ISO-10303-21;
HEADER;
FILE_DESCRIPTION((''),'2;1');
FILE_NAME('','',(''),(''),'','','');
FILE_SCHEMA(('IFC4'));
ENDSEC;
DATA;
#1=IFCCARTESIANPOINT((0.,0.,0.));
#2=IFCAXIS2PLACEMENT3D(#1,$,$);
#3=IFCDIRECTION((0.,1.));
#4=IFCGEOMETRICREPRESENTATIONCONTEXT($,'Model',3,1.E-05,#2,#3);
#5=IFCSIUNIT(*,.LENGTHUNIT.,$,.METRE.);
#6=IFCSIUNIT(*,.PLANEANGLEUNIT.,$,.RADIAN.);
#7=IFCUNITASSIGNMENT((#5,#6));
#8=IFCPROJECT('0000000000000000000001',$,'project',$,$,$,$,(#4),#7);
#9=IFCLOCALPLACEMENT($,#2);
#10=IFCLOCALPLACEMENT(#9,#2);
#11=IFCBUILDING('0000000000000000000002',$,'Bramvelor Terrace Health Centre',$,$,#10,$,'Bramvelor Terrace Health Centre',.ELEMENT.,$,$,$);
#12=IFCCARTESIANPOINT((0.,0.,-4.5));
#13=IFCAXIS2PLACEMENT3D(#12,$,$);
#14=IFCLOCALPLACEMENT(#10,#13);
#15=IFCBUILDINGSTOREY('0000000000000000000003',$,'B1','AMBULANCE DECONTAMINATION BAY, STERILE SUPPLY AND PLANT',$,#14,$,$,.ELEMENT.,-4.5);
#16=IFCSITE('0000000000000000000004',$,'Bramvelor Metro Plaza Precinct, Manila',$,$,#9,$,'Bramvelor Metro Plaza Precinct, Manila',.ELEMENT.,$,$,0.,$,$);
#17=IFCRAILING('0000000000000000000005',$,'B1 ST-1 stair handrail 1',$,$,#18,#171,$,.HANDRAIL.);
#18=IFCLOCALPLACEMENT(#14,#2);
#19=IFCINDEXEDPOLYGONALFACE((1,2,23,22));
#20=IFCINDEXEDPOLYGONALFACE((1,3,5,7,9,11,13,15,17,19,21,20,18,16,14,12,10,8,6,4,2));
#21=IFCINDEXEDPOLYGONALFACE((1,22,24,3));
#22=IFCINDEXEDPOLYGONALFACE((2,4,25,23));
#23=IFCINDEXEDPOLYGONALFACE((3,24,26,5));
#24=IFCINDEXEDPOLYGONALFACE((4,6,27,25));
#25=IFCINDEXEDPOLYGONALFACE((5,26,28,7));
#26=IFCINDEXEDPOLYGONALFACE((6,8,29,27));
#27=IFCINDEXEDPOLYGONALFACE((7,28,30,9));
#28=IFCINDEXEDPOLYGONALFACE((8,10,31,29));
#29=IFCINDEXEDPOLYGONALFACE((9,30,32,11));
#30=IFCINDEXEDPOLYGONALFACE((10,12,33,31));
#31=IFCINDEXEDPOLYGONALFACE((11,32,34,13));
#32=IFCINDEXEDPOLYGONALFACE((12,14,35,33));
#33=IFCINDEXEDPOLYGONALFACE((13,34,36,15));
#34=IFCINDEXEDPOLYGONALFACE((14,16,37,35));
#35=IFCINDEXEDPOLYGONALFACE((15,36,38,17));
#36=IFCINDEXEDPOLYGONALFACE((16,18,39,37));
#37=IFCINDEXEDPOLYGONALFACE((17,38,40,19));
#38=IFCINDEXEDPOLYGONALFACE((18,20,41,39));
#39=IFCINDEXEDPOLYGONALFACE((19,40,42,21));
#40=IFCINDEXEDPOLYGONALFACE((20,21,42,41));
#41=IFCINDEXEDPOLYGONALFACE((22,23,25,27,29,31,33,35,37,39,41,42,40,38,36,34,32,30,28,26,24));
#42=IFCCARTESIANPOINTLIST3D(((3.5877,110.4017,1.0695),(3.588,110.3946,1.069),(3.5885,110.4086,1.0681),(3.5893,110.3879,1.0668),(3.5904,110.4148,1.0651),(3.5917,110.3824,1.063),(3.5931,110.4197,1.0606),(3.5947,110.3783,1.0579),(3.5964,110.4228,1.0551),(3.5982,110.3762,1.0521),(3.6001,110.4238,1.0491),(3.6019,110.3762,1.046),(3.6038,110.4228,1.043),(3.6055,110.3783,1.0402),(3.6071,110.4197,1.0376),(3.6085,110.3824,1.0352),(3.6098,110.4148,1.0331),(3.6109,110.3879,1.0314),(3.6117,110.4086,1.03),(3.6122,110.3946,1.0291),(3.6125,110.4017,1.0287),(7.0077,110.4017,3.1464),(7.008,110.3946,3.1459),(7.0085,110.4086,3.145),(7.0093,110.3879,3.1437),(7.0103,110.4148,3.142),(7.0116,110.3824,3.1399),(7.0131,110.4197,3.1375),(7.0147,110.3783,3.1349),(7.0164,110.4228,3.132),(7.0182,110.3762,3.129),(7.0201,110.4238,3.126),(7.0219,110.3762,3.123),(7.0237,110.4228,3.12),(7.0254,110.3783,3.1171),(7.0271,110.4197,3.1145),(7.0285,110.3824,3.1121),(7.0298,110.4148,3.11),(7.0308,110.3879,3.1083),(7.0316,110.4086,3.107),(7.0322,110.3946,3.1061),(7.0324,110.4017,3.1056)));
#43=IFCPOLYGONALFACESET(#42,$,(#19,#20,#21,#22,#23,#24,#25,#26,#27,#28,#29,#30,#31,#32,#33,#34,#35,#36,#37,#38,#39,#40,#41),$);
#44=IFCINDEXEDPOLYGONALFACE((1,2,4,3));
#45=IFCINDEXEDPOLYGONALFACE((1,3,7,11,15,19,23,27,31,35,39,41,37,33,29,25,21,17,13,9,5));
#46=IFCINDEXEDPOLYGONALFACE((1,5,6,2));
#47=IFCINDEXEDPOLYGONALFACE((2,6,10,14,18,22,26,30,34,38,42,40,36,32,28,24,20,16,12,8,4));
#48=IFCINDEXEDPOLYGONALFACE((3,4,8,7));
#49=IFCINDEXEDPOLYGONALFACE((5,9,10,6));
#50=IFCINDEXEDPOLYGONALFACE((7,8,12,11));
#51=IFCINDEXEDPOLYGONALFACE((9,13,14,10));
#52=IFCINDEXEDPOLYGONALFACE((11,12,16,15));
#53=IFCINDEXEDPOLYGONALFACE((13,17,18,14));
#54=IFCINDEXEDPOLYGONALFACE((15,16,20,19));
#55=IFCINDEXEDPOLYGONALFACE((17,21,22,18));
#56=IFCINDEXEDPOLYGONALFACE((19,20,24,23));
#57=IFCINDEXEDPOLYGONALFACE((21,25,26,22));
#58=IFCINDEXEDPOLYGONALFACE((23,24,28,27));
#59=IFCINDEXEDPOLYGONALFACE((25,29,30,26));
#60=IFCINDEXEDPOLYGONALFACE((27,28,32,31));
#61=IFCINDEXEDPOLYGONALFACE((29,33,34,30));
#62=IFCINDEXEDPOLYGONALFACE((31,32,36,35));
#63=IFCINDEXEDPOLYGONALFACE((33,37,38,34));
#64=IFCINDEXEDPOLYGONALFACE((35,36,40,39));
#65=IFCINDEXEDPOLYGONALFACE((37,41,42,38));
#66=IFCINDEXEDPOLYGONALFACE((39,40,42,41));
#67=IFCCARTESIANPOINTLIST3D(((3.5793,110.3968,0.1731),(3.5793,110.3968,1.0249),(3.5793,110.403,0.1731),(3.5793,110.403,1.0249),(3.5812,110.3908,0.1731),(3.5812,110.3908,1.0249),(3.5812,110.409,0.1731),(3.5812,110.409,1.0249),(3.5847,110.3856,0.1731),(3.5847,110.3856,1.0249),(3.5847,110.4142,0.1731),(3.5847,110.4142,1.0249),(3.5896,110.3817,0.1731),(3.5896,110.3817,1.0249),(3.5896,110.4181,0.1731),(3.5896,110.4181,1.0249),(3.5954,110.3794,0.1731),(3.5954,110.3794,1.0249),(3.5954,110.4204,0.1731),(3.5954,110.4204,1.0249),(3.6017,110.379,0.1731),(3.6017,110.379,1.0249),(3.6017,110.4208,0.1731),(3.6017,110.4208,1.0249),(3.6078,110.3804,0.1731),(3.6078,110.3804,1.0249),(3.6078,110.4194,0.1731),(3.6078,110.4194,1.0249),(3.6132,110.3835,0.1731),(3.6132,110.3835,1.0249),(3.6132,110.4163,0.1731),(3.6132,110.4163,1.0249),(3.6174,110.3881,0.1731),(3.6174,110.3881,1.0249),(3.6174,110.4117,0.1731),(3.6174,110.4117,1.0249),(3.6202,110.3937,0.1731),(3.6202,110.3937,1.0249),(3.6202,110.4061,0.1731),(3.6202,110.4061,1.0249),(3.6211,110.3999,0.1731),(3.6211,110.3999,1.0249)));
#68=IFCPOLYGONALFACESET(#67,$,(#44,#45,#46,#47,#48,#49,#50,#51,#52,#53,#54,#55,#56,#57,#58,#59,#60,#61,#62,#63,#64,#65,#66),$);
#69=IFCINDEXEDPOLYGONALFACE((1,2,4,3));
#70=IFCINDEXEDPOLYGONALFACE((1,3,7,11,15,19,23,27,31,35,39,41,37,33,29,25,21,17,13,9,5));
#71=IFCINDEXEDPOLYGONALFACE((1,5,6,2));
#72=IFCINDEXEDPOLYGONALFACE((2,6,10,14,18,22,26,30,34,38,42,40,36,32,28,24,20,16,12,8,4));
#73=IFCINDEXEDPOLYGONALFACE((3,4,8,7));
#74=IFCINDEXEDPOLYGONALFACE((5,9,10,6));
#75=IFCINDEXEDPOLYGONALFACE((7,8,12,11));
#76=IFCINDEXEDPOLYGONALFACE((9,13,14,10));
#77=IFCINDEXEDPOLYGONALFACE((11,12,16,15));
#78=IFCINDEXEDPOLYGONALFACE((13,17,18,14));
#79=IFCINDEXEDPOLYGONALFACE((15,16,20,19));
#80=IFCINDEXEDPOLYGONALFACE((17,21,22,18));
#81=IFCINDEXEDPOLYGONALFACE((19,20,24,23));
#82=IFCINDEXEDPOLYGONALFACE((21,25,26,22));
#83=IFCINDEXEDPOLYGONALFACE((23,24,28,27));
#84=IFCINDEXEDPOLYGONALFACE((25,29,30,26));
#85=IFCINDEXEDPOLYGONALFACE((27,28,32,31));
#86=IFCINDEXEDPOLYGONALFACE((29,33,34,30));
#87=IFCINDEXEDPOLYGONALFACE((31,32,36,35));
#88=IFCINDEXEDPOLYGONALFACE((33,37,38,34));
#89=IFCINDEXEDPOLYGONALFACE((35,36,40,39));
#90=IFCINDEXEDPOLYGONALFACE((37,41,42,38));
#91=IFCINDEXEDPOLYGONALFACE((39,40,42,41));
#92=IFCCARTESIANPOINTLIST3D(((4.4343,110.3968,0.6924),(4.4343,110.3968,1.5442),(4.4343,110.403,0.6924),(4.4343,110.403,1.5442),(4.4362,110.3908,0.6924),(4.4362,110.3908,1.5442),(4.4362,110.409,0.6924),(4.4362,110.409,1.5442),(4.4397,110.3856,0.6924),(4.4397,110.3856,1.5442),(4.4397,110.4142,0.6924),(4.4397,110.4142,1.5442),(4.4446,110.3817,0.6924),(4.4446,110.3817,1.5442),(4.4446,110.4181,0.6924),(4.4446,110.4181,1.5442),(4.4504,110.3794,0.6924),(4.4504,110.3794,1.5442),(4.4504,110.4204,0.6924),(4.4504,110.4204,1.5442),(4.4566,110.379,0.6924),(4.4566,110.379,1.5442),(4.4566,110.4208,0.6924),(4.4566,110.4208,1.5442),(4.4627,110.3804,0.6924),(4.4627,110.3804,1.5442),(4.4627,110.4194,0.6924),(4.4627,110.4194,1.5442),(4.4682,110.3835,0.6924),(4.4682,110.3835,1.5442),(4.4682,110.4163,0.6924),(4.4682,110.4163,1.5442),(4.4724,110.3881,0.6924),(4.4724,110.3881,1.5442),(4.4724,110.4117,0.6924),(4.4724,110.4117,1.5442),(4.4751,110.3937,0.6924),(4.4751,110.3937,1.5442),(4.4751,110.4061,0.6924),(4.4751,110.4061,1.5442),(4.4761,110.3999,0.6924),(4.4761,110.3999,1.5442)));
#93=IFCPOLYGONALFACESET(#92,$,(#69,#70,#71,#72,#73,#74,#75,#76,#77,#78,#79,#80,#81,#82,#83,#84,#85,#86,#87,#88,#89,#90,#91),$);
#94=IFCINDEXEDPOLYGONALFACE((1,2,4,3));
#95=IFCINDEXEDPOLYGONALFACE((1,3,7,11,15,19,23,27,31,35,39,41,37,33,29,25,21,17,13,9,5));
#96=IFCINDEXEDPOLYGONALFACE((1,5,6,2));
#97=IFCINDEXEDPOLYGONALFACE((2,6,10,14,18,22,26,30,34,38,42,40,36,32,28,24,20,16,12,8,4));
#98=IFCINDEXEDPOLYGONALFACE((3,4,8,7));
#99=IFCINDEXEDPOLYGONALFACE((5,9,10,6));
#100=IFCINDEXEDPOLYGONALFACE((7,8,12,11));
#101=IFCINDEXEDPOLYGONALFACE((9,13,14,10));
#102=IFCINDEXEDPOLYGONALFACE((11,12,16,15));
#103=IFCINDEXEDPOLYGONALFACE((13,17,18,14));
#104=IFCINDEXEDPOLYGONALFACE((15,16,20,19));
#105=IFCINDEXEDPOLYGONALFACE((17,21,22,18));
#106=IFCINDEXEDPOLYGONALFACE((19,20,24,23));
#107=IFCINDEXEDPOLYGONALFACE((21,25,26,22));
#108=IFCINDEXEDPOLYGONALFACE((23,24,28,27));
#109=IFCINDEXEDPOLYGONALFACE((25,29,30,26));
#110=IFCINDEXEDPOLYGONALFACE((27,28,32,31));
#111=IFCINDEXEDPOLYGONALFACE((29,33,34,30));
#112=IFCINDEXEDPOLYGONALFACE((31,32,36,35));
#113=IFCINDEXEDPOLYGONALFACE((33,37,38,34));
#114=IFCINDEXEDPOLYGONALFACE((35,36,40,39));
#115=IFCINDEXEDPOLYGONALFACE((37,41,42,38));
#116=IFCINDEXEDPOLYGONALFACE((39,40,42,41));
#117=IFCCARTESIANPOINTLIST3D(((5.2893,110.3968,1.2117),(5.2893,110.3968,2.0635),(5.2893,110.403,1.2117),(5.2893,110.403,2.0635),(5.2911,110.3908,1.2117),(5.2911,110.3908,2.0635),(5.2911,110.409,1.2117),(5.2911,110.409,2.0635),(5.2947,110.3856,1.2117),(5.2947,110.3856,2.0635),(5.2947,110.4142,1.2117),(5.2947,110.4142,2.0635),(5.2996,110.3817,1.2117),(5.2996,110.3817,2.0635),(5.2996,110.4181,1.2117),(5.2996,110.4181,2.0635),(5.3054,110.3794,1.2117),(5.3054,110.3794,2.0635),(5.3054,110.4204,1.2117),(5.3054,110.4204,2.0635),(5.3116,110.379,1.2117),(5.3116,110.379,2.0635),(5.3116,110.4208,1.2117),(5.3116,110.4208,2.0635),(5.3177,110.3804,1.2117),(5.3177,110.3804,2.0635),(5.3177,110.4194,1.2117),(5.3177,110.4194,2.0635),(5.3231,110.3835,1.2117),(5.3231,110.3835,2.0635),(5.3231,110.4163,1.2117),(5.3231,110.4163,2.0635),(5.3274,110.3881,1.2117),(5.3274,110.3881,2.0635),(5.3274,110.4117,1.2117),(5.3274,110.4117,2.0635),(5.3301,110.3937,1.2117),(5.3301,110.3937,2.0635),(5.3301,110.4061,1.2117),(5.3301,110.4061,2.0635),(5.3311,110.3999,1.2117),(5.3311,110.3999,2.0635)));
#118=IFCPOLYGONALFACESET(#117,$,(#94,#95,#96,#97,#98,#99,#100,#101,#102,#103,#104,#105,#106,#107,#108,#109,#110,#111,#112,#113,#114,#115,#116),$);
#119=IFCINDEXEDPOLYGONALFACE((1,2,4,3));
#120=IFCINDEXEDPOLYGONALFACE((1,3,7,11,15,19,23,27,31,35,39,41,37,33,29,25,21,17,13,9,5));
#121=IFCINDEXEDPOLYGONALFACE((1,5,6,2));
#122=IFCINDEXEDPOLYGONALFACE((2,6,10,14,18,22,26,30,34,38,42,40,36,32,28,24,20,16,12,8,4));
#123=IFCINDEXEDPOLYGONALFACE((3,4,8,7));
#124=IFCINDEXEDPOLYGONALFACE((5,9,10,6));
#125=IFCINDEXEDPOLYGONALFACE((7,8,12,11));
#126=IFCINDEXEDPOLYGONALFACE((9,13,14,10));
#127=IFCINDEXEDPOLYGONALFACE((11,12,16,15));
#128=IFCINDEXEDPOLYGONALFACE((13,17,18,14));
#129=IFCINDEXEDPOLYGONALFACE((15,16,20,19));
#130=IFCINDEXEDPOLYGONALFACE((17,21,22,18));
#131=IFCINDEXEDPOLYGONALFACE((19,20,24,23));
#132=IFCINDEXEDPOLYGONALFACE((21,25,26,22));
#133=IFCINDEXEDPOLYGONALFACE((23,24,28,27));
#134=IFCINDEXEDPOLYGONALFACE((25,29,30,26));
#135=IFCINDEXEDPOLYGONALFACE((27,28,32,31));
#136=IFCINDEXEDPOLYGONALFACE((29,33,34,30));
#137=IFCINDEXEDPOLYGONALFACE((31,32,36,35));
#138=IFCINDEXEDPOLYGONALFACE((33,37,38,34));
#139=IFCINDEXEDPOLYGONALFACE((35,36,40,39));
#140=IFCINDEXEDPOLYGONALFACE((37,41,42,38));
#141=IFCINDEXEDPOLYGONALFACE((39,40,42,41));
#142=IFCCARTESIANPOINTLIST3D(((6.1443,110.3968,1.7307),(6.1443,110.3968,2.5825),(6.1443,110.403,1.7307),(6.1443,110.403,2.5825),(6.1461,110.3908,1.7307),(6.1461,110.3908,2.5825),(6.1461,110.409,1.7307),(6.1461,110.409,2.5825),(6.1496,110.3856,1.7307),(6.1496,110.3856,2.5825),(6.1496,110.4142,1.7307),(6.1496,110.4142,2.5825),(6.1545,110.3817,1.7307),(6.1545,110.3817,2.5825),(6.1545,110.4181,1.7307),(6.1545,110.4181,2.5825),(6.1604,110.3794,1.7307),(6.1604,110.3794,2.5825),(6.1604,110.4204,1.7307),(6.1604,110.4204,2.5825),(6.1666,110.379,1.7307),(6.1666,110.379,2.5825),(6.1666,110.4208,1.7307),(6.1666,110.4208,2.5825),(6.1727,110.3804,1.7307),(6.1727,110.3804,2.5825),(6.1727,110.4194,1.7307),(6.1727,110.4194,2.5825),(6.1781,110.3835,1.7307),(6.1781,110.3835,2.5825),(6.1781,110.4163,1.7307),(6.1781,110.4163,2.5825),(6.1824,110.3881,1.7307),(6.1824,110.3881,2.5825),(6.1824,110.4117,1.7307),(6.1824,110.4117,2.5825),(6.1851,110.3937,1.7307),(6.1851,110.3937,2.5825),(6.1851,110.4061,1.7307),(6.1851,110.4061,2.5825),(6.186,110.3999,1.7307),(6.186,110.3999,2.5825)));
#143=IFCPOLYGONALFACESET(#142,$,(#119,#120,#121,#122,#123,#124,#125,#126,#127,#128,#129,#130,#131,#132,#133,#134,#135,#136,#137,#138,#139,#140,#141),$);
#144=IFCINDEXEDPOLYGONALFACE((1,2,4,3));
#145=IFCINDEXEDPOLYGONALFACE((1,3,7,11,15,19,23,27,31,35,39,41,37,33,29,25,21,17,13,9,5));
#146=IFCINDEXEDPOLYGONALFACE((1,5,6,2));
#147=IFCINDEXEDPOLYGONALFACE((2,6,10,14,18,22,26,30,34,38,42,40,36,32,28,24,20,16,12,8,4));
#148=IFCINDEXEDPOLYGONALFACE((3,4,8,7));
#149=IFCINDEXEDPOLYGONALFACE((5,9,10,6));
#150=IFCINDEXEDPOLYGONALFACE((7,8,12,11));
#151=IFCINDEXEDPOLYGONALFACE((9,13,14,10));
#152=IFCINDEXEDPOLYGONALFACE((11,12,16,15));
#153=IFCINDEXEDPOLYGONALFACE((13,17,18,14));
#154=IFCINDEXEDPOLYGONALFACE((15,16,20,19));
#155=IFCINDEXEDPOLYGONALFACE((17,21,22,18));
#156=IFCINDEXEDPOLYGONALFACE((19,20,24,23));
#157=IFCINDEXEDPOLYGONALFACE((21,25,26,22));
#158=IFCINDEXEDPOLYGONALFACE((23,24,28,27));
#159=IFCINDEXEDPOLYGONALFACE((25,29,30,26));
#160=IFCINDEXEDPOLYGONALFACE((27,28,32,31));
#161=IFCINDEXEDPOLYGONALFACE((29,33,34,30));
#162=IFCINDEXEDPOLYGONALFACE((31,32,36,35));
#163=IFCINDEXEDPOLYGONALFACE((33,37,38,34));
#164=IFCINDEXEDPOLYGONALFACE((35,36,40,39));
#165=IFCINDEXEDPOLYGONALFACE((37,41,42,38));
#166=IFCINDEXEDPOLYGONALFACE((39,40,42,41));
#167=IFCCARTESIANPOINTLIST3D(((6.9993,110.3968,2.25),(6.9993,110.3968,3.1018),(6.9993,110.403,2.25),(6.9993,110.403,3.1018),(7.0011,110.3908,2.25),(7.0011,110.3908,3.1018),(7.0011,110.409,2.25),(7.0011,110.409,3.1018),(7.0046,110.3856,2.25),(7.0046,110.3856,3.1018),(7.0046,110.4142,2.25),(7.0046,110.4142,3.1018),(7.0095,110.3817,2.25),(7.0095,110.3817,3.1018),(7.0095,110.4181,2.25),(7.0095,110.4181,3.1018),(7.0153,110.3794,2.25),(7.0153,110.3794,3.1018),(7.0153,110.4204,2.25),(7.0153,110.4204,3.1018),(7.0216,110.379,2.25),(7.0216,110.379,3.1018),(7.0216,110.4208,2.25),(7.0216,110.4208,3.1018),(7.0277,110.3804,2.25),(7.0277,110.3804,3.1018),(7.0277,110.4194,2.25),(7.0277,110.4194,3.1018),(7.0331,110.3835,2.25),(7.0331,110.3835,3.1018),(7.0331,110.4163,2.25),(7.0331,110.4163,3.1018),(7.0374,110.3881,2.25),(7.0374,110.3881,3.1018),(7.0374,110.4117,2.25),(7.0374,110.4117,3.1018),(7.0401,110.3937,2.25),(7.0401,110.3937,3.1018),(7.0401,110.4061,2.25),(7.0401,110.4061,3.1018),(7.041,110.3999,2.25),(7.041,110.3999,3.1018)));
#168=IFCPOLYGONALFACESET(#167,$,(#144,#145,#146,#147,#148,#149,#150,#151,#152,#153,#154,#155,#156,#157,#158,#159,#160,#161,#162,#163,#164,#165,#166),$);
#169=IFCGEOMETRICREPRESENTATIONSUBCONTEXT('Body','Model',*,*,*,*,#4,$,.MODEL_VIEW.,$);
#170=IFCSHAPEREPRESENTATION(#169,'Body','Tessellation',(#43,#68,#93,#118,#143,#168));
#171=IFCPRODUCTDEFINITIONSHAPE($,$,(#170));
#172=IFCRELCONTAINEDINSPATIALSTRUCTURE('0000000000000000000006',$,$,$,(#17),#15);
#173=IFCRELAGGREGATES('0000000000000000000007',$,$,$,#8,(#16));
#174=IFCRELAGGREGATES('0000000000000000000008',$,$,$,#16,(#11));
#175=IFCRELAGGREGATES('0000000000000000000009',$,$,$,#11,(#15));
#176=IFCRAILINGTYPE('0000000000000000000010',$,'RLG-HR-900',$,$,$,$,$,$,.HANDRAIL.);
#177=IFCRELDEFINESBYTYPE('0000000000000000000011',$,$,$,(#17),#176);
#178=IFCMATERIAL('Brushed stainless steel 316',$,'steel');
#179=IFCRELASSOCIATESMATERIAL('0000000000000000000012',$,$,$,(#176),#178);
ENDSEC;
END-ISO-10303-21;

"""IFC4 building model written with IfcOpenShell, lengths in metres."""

from ifc_helpers import new_model, si_unit, direction, frame, origin, origin_2d, place, context, subcontext, project, spatial, circle, extrude, material, type_object, element, save


model = new_model("IFC4")

# Units and contexts
model_context = context("Model", 3, precision=1e-05, world=origin(), true_north=direction((0.0, 1.0)))
body_context = subcontext(model_context, "Body", "Model", "MODEL_VIEW")
ifc_project = project(units=[si_unit("LENGTHUNIT", "METRE"), si_unit("PLANEANGLEUNIT", "RADIAN")], contexts=[model_context])

# Site, building, storey
site_placement = place(None, origin())
site = spatial("IfcSite", under=ifc_project, at=site_placement, Name="Bramvelor Metro Plaza Precinct, Manila", LongName="Bramvelor Metro Plaza Precinct, Manila", CompositionType="ELEMENT", RefElevation=0.0)
building_placement = place(site_placement, origin())
building = spatial("IfcBuilding", under=site, at=building_placement, Name="Bramvelor Terrace Health Centre", LongName="Bramvelor Terrace Health Centre", CompositionType="ELEMENT")
storey_placement = place(building_placement, frame((0.0, 0.0, -4.5)))
storey = spatial("IfcBuildingStorey", under=building, at=storey_placement, Name="B1", Description="AMBULANCE DECONTAMINATION BAY, STERILE SUPPLY AND PLANT", CompositionType="ELEMENT", Elevation=-4.5)

# Railing
ifc_material_1 = material(Name="Brushed stainless steel 316", Category="steel")
railing_type_1 = type_object("IfcRailingType", Name="RLG-HR-900", PredefinedType="HANDRAIL", material=ifc_material_1)
railing_1_placement = place(storey_placement, frame((3.6001, 110.3999, 0.1731)))
element("IfcRailing", 1, at=railing_1_placement, inside=storey, type_object=railing_type_1, Name="B1 ST-1 stair handrail 1", PredefinedType="HANDRAIL", context=body_context, shape_type="SweptSolid", body=[
    extrude(circle(Radius=0.0239, at=origin_2d()), frame((0.0, 0.0, 0.876), z_axis=(0.85473, 0.0, 0.519074), x_axis=(0.0, 1.0, 0.0)), (0.0, 0.0, 1.0), 4.0012),
    extrude(circle(Radius=0.021, at=origin_2d()), origin(), (0.0, 0.0, 1.0), 0.8518),
    extrude(circle(Radius=0.021, at=origin_2d()), frame((0.855, 0.0, 0.5193)), (0.0, 0.0, 1.0), 0.8518),
    extrude(circle(Radius=0.021, at=origin_2d()), frame((1.71, 0.0, 1.0386)), (0.0, 0.0, 1.0), 0.8518),
    extrude(circle(Radius=0.021, at=origin_2d()), frame((2.5649, 0.0, 1.5576)), (0.0, 0.0, 1.0), 0.8518),
    extrude(circle(Radius=0.021, at=origin_2d()), frame((3.4199, 0.0, 2.0769)), (0.0, 0.0, 1.0), 0.8518),
])

save(model, "model.ifc")
